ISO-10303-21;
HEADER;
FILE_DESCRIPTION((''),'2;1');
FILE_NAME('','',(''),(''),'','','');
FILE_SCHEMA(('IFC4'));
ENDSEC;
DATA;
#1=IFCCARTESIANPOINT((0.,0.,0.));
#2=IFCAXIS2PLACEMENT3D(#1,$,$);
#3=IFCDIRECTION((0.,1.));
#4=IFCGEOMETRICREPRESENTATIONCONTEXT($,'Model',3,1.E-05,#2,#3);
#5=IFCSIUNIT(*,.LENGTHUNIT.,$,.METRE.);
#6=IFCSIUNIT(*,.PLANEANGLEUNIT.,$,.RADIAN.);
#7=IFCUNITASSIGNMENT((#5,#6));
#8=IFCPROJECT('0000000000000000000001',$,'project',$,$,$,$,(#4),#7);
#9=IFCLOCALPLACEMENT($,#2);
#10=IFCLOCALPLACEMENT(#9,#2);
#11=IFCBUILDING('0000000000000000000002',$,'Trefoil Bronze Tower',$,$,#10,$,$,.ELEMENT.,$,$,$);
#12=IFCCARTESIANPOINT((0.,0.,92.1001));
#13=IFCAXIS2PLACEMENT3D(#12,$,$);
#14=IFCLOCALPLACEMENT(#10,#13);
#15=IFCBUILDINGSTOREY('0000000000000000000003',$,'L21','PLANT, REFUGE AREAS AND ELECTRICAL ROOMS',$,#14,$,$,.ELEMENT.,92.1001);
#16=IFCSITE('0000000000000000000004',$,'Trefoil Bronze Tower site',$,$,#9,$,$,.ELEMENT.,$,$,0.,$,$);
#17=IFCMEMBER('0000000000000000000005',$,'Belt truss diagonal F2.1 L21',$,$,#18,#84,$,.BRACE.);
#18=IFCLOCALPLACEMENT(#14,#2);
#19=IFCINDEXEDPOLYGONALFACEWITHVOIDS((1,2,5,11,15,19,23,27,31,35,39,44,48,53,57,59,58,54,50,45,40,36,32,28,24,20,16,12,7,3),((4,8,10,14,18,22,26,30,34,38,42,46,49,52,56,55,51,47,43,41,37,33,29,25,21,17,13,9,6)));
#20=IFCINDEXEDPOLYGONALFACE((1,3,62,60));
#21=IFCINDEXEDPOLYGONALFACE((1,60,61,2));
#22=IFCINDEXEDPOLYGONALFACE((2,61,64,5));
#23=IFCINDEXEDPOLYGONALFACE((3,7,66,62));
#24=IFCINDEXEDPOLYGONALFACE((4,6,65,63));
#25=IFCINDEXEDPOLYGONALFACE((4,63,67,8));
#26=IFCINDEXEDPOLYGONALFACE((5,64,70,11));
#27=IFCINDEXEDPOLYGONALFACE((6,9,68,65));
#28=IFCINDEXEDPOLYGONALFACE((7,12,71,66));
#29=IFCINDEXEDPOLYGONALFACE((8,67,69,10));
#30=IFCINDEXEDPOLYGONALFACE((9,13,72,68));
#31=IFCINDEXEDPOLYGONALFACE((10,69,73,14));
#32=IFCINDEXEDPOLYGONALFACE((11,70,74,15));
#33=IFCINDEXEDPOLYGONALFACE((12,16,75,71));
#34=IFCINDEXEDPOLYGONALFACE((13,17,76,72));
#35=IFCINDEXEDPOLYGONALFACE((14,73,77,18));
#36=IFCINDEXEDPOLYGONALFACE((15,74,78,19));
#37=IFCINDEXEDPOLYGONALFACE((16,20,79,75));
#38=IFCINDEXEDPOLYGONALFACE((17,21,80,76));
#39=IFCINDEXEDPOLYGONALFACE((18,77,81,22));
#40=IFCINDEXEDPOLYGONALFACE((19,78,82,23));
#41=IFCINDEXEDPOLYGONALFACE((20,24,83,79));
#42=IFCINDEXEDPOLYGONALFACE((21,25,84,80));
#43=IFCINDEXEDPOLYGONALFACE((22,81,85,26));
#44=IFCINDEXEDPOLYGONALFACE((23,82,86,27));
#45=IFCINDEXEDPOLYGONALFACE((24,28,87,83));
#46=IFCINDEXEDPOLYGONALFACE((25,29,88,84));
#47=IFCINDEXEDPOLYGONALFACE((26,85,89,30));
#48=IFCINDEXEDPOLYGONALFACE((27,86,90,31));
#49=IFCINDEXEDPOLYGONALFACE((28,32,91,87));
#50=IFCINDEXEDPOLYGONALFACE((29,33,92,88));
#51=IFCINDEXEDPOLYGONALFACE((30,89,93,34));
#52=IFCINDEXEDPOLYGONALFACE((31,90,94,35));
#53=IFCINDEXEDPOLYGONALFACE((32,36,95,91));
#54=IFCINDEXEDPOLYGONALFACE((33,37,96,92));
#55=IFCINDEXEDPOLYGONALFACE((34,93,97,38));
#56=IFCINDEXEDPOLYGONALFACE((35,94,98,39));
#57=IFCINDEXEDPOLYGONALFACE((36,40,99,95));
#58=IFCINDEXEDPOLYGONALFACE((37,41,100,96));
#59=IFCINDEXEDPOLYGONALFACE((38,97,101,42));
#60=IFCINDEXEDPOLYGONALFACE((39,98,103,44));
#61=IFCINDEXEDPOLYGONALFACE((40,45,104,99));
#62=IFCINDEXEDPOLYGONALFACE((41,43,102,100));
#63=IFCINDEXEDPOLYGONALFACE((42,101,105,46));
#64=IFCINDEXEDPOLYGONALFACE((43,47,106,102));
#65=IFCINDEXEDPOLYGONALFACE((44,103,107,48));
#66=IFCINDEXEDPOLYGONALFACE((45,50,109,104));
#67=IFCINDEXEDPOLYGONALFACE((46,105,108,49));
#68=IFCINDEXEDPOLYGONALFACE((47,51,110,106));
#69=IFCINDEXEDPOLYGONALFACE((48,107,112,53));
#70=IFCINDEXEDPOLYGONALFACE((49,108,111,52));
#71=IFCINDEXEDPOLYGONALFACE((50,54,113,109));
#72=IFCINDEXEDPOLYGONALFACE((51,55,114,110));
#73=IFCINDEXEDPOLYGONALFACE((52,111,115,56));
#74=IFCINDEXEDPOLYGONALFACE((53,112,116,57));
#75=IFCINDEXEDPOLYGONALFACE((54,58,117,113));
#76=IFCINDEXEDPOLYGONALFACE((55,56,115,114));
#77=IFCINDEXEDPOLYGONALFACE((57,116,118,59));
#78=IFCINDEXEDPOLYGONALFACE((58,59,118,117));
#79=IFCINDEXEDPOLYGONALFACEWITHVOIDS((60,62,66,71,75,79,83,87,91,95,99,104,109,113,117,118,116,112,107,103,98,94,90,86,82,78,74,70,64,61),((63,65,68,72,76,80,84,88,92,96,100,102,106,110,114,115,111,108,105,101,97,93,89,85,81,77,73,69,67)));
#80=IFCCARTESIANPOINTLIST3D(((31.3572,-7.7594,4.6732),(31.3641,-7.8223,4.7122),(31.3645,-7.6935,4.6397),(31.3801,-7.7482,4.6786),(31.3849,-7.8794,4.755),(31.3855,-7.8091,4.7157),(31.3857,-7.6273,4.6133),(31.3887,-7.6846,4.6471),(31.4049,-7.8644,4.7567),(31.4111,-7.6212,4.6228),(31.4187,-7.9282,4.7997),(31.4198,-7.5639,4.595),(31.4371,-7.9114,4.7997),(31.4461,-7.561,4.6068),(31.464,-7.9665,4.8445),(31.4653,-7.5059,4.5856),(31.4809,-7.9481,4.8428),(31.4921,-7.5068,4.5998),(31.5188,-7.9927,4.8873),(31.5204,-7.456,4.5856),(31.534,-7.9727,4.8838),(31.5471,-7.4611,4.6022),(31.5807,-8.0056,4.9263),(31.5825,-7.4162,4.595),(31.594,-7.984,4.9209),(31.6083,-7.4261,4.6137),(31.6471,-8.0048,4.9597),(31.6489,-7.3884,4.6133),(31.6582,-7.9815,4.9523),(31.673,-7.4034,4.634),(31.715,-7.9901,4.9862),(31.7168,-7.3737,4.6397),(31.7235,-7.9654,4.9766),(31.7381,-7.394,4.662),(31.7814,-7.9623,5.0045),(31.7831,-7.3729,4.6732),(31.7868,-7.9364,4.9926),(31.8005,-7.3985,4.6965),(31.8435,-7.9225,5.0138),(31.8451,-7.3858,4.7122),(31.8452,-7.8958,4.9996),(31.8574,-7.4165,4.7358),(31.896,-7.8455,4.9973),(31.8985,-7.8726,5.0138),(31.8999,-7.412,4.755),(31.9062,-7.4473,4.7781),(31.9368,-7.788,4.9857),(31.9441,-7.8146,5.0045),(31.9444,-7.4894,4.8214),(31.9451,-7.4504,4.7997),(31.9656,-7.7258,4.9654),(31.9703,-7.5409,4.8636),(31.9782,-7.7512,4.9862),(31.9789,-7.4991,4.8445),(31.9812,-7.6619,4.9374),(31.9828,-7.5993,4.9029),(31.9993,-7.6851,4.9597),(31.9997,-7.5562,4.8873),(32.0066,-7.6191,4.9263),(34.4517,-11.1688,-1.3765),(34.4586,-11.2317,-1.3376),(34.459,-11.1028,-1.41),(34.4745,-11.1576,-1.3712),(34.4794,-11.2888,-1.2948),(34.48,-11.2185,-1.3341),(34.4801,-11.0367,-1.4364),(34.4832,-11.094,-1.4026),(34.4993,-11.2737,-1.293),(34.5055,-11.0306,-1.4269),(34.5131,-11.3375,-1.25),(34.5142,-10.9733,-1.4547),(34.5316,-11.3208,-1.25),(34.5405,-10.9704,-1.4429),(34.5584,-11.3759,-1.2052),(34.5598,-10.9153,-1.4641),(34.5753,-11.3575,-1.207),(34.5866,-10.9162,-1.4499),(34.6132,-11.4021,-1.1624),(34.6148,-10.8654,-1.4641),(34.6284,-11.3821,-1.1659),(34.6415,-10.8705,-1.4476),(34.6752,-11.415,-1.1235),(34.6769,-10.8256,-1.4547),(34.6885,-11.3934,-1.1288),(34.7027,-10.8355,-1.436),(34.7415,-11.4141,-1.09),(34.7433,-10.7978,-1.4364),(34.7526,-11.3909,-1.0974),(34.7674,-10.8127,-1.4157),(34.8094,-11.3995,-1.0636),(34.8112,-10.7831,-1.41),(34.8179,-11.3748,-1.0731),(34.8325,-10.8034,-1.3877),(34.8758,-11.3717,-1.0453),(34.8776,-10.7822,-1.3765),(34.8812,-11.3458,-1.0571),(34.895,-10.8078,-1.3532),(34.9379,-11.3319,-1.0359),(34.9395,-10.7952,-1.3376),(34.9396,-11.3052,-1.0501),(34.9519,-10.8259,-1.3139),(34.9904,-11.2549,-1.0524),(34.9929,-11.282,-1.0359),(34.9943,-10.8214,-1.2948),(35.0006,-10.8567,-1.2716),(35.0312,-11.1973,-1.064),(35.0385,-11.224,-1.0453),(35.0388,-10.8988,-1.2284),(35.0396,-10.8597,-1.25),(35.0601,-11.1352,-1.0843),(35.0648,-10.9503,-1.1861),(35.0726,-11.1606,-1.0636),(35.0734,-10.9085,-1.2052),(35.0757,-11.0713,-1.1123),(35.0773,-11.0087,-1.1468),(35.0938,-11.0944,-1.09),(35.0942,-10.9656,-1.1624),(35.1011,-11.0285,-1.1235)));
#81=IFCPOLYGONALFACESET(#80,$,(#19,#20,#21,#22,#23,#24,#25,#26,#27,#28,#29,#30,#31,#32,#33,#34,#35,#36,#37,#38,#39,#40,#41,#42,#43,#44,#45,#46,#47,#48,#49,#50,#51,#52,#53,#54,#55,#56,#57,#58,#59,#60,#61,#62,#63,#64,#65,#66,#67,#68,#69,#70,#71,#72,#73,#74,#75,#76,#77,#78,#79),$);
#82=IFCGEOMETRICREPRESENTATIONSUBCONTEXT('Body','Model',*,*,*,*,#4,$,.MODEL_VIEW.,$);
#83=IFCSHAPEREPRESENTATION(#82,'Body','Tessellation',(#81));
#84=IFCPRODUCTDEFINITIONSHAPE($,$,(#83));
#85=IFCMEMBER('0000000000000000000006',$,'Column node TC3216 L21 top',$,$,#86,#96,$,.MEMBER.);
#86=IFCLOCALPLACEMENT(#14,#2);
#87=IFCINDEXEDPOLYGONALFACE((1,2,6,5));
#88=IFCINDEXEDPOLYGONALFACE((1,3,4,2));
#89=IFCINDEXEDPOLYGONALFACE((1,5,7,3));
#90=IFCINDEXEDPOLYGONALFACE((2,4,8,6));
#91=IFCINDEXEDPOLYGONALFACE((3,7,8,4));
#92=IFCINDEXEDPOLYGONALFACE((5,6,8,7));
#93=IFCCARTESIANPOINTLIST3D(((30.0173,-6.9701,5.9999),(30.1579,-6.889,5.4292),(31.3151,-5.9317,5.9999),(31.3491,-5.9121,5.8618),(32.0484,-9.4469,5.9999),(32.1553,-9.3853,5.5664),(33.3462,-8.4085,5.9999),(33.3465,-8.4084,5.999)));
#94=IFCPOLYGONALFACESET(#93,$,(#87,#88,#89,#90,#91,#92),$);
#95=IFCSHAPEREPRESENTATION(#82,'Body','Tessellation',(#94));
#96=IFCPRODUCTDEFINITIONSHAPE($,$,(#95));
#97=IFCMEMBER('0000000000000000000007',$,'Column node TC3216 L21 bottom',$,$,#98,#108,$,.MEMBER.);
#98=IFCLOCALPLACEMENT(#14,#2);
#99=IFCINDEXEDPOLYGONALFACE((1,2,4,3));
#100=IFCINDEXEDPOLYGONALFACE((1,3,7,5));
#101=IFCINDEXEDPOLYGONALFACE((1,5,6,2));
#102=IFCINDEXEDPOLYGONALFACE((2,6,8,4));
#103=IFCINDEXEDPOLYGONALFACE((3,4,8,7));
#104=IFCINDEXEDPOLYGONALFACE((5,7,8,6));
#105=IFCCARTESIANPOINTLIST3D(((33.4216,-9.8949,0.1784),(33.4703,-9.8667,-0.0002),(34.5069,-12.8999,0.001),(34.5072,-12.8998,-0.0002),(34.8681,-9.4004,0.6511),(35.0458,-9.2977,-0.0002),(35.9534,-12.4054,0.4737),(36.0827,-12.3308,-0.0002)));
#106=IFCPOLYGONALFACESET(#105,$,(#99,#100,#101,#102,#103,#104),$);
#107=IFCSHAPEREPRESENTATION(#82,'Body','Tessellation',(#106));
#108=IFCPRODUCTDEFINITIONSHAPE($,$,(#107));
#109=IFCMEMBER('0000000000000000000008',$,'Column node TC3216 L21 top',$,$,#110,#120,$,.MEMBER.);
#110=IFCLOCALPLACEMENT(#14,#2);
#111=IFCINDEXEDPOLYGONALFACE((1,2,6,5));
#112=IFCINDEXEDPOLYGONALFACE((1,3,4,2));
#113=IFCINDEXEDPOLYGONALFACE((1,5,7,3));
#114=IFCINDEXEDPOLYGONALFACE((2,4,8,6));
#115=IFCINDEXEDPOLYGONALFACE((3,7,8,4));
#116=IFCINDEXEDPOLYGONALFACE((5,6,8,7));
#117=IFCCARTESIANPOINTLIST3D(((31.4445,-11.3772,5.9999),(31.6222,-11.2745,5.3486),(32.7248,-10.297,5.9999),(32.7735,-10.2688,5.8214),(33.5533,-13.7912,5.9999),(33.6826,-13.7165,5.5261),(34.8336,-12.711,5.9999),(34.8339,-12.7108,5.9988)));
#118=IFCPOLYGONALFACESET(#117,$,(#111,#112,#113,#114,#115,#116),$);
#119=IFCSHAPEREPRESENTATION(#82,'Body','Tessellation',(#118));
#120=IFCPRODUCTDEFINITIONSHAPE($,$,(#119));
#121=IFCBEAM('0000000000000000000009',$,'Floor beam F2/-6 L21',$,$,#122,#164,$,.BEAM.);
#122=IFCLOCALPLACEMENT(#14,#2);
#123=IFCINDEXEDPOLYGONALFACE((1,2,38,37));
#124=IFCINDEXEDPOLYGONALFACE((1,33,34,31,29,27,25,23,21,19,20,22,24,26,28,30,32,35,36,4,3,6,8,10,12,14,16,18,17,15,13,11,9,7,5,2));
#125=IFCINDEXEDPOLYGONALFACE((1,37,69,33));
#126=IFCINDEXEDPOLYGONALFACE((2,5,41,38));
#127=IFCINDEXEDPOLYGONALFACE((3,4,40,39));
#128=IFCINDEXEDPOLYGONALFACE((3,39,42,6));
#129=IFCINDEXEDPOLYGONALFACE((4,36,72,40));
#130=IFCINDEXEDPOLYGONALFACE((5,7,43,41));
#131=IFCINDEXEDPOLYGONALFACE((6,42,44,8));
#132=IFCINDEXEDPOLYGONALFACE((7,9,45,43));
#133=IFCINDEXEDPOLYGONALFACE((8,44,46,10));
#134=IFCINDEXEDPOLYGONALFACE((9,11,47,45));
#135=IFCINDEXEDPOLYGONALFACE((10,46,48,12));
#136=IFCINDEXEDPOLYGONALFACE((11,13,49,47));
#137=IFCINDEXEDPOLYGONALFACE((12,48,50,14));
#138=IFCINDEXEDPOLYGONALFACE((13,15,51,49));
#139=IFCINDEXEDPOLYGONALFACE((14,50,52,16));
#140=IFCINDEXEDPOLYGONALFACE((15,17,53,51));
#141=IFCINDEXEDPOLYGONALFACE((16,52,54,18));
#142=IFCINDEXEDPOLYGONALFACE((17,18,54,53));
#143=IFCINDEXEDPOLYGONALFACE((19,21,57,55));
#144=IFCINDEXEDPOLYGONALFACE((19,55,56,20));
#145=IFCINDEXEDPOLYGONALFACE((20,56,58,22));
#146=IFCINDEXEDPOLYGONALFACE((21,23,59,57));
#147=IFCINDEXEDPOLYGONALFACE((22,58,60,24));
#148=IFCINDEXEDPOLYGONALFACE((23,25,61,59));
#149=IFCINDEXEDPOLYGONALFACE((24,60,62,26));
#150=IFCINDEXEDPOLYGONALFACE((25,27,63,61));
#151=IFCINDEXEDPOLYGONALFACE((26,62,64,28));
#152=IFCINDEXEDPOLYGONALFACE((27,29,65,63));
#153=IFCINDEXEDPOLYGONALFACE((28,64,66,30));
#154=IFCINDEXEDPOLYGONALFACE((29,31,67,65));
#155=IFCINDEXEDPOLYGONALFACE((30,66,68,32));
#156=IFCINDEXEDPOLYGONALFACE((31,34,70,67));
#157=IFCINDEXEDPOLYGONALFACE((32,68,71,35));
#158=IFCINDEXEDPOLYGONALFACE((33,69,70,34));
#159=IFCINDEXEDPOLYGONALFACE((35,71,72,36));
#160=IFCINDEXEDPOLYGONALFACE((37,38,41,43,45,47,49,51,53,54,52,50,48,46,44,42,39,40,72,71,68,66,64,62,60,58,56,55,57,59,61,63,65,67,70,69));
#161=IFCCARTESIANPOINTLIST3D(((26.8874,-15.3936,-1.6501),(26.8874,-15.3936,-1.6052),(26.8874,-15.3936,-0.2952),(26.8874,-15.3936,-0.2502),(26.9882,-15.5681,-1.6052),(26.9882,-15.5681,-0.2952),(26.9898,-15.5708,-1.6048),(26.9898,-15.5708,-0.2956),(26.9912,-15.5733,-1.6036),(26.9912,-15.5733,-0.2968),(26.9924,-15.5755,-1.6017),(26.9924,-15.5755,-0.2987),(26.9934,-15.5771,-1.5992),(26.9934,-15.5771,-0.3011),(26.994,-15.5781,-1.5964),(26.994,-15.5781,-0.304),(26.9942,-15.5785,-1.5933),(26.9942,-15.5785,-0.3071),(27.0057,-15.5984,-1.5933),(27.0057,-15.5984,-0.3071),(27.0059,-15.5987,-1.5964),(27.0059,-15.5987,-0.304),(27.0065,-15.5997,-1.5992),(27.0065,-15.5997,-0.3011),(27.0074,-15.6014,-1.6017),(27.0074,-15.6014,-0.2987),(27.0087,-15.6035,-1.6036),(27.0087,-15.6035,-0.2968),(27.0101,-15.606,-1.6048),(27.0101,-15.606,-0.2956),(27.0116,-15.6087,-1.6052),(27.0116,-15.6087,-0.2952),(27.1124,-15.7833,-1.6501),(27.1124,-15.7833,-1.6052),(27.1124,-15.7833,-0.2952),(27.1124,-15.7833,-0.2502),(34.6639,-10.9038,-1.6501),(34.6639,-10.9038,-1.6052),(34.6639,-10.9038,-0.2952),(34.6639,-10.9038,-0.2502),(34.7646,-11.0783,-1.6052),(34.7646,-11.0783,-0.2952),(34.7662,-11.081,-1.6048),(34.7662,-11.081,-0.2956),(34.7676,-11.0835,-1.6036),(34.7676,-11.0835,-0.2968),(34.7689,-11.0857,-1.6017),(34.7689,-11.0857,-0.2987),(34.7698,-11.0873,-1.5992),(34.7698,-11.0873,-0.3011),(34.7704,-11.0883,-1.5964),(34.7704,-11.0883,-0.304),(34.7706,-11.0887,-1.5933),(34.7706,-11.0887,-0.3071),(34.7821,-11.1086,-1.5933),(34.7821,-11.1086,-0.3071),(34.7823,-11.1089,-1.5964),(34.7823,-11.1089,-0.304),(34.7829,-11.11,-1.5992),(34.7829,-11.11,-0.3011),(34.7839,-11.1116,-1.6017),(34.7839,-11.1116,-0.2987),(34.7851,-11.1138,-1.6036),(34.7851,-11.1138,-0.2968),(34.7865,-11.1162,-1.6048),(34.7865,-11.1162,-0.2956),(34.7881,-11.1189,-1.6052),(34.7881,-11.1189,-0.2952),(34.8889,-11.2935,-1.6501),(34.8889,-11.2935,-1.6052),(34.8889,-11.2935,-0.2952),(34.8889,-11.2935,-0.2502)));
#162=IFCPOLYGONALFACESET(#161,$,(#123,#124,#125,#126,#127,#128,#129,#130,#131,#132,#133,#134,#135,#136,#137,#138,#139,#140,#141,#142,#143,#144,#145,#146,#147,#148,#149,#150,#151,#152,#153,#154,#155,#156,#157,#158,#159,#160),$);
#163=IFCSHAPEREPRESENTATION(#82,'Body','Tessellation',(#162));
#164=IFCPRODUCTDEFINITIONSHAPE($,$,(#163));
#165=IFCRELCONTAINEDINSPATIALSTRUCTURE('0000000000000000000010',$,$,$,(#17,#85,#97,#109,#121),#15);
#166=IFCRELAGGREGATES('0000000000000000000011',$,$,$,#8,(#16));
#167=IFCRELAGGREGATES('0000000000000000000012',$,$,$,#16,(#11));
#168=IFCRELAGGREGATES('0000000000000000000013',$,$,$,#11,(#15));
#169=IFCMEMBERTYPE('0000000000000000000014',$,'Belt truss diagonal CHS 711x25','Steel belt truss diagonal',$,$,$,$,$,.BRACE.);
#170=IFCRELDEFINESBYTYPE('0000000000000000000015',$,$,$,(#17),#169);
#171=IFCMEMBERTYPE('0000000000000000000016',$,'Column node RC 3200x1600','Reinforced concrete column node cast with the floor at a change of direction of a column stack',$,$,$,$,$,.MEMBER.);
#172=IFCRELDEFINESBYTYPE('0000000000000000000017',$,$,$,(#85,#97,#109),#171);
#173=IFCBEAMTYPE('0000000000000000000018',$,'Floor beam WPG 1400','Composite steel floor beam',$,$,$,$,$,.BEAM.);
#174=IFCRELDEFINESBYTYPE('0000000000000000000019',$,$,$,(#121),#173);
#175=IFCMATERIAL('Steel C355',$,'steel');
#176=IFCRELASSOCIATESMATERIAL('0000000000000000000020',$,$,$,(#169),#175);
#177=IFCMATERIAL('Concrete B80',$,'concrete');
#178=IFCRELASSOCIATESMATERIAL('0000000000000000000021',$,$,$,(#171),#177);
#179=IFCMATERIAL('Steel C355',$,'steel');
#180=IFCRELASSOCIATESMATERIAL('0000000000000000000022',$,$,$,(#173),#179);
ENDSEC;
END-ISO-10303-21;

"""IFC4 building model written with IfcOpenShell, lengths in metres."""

from ifc_helpers import new_model, si_unit, direction, frame, origin, origin_2d, place, context, subcontext, project, spatial, rectangle, hollow_circle, i_section, extrude, clip, halfspace, material, material_profile, profile_set, type_object, element, save


model = new_model("IFC4")

# Units and contexts
model_context = context("Model", 3, precision=1e-05, world=origin(), true_north=direction((0.0, 1.0)))
body_context = subcontext(model_context, "Body", "Model", "MODEL_VIEW")
ifc_project = project(units=[si_unit("LENGTHUNIT", "METRE"), si_unit("PLANEANGLEUNIT", "RADIAN")], contexts=[model_context])

# Site, building, storey
site_placement = place(None, origin())
site = spatial("IfcSite", under=ifc_project, at=site_placement, Name="Trefoil Bronze Tower site", CompositionType="ELEMENT", RefElevation=0.0)
building_placement = place(site_placement, origin())
building = spatial("IfcBuilding", under=site, at=building_placement, Name="Trefoil Bronze Tower", CompositionType="ELEMENT")
storey_placement = place(building_placement, frame((0.0, 0.0, 92.1001)))
storey = spatial("IfcBuildingStorey", under=building, at=storey_placement, Name="L21", Description="PLANT, REFUGE AREAS AND ELECTRICAL ROOMS", CompositionType="ELEMENT", Elevation=92.1001)

# Members
ifc_material_1 = material(Name="Steel C355", Category="steel")
ifc_material_profile_1 = material_profile(ifc_material_1, hollow_circle(Radius=0.3555, WallThickness=0.0249, at=origin_2d()), Name="CHS 711x25")
ifc_profile_set_1 = profile_set([ifc_material_profile_1], Name="Steel C355")
member_type_1 = type_object("IfcMemberType", Name="Belt truss diagonal CHS 711x25", Description="Steel belt truss diagonal", PredefinedType="BRACE", material=ifc_profile_set_1)
member_1_placement = place(storey_placement, frame((34.7764, -11.0986, -1.25), z_axis=(-0.407027, 0.448453, 0.795751), x_axis=(-0.74048, -0.672079, 0.0)))
element("IfcMember", 1, at=member_1_placement, inside=storey, type_object=member_type_1, Name="Belt truss diagonal F2.1 L21", PredefinedType="BRACE", context=body_context, shape_type="SweptSolid", body=[
    extrude(hollow_circle(Radius=0.3555, WallThickness=0.0249, at=origin_2d()), origin(), (0.0, 0.0, 1.0), 7.6025),
])
ifc_material_2 = material(Name="Concrete B80", Category="concrete")
ifc_material_profile_2 = material_profile(ifc_material_2, rectangle(XDim=3.2, YDim=1.6001, at=origin_2d()), Name="RC 3200x1600")
ifc_profile_set_2 = profile_set([ifc_material_profile_2], Name="Concrete B80")
member_type_2 = type_object("IfcMemberType", Name="Column node RC 3200x1600", Description="Reinforced concrete column node cast with the floor at a change of direction of a column stack", PredefinedType="MEMBER", material=ifc_profile_set_2)
member_2_placement = place(storey_placement, frame((31.6113, -7.73, 6.2856), z_axis=(0.237063, 0.136815, -0.961812), x_axis=(0.624175, -0.780107, 0.042876)))
element("IfcMember", 2, at=member_2_placement, inside=storey, type_object=member_type_2, Name="Column node TC3216 L21 top", PredefinedType="MEMBER", context=body_context, shape_type="Clipping", body=[
    clip(extrude(rectangle(XDim=3.2, YDim=1.6001, at=origin_2d()), origin(), (0.0, 0.0, 1.0), 0.5942), halfspace(frame((0.0, 0.0, 0.2971), z_axis=(-0.042876, 0.270331, 0.961812), x_axis=(0.0, 0.962697, -0.27058)), True)),
])
member_3_placement = place(storey_placement, frame((34.8655, -11.0474, -0.3262), z_axis=(-0.260309, -0.150329, 0.953751), x_axis=(-0.33916, 0.939093, 0.055451)))
element("IfcMember", 3, at=member_3_placement, inside=storey, type_object=member_type_2, Name="Column node TC3216 L21 bottom", PredefinedType="MEMBER", context=body_context, shape_type="Clipping", body=[
    clip(extrude(rectangle(XDim=3.2, YDim=1.6001, at=origin_2d()), origin(), (0.0, 0.0, 1.0), 0.6838), halfspace(frame((0.0, 0.0, 0.3418), z_axis=(0.055451, -0.29544, 0.953751), x_axis=(0.0, 0.955221, 0.295895)), True)),
])
member_4_placement = place(storey_placement, frame((33.05, -12.0955, 6.3259), z_axis=(0.260309, 0.150329, -0.953751), x_axis=(0.643874, -0.76312, 0.055451)))
element("IfcMember", 4, at=member_4_placement, inside=storey, type_object=member_type_2, Name="Column node TC3216 L21 top", PredefinedType="MEMBER", context=body_context, shape_type="Clipping", body=[
    clip(extrude(rectangle(XDim=3.2, YDim=1.6001, at=origin_2d()), origin(), (0.0, 0.0, 1.0), 0.6838), halfspace(frame((0.0, 0.0, 0.3418), z_axis=(-0.055451, 0.29544, 0.953751), x_axis=(0.0, 0.955221, -0.295895)), True)),
])

# Beam
ifc_material_3 = material(Name="Steel C355", Category="steel")
ifc_material_profile_3 = material_profile(ifc_material_3, i_section(OverallWidth=0.45, OverallDepth=1.3999, WebThickness=0.0229, FlangeThickness=0.0449, FilletRadius=0.012, at=origin_2d()), Name="WPG 1400")
ifc_profile_set_3 = profile_set([ifc_material_profile_3], Name="Steel C355")
beam_type_1 = type_object("IfcBeamType", Name="Floor beam WPG 1400", Description="Composite steel floor beam", PredefinedType="BEAM", material=ifc_profile_set_3)
beam_1_placement = place(storey_placement, frame((34.7764, -11.0986, -0.9502), z_axis=(-0.866023, -0.500005, 0.0), x_axis=(0.500005, -0.866023, 0.0)))
element("IfcBeam", 5, at=beam_1_placement, inside=storey, type_object=beam_type_1, Name="Floor beam F2/-6 L21", PredefinedType="BEAM", context=body_context, shape_type="SweptSolid", body=[
    extrude(i_section(OverallWidth=0.45, OverallDepth=1.3999, WebThickness=0.0229, FlangeThickness=0.0449, FilletRadius=0.012, at=origin_2d()), origin(), (0.0, 0.0, 1.0), 8.9795),
])

save(model, "model.ifc")
